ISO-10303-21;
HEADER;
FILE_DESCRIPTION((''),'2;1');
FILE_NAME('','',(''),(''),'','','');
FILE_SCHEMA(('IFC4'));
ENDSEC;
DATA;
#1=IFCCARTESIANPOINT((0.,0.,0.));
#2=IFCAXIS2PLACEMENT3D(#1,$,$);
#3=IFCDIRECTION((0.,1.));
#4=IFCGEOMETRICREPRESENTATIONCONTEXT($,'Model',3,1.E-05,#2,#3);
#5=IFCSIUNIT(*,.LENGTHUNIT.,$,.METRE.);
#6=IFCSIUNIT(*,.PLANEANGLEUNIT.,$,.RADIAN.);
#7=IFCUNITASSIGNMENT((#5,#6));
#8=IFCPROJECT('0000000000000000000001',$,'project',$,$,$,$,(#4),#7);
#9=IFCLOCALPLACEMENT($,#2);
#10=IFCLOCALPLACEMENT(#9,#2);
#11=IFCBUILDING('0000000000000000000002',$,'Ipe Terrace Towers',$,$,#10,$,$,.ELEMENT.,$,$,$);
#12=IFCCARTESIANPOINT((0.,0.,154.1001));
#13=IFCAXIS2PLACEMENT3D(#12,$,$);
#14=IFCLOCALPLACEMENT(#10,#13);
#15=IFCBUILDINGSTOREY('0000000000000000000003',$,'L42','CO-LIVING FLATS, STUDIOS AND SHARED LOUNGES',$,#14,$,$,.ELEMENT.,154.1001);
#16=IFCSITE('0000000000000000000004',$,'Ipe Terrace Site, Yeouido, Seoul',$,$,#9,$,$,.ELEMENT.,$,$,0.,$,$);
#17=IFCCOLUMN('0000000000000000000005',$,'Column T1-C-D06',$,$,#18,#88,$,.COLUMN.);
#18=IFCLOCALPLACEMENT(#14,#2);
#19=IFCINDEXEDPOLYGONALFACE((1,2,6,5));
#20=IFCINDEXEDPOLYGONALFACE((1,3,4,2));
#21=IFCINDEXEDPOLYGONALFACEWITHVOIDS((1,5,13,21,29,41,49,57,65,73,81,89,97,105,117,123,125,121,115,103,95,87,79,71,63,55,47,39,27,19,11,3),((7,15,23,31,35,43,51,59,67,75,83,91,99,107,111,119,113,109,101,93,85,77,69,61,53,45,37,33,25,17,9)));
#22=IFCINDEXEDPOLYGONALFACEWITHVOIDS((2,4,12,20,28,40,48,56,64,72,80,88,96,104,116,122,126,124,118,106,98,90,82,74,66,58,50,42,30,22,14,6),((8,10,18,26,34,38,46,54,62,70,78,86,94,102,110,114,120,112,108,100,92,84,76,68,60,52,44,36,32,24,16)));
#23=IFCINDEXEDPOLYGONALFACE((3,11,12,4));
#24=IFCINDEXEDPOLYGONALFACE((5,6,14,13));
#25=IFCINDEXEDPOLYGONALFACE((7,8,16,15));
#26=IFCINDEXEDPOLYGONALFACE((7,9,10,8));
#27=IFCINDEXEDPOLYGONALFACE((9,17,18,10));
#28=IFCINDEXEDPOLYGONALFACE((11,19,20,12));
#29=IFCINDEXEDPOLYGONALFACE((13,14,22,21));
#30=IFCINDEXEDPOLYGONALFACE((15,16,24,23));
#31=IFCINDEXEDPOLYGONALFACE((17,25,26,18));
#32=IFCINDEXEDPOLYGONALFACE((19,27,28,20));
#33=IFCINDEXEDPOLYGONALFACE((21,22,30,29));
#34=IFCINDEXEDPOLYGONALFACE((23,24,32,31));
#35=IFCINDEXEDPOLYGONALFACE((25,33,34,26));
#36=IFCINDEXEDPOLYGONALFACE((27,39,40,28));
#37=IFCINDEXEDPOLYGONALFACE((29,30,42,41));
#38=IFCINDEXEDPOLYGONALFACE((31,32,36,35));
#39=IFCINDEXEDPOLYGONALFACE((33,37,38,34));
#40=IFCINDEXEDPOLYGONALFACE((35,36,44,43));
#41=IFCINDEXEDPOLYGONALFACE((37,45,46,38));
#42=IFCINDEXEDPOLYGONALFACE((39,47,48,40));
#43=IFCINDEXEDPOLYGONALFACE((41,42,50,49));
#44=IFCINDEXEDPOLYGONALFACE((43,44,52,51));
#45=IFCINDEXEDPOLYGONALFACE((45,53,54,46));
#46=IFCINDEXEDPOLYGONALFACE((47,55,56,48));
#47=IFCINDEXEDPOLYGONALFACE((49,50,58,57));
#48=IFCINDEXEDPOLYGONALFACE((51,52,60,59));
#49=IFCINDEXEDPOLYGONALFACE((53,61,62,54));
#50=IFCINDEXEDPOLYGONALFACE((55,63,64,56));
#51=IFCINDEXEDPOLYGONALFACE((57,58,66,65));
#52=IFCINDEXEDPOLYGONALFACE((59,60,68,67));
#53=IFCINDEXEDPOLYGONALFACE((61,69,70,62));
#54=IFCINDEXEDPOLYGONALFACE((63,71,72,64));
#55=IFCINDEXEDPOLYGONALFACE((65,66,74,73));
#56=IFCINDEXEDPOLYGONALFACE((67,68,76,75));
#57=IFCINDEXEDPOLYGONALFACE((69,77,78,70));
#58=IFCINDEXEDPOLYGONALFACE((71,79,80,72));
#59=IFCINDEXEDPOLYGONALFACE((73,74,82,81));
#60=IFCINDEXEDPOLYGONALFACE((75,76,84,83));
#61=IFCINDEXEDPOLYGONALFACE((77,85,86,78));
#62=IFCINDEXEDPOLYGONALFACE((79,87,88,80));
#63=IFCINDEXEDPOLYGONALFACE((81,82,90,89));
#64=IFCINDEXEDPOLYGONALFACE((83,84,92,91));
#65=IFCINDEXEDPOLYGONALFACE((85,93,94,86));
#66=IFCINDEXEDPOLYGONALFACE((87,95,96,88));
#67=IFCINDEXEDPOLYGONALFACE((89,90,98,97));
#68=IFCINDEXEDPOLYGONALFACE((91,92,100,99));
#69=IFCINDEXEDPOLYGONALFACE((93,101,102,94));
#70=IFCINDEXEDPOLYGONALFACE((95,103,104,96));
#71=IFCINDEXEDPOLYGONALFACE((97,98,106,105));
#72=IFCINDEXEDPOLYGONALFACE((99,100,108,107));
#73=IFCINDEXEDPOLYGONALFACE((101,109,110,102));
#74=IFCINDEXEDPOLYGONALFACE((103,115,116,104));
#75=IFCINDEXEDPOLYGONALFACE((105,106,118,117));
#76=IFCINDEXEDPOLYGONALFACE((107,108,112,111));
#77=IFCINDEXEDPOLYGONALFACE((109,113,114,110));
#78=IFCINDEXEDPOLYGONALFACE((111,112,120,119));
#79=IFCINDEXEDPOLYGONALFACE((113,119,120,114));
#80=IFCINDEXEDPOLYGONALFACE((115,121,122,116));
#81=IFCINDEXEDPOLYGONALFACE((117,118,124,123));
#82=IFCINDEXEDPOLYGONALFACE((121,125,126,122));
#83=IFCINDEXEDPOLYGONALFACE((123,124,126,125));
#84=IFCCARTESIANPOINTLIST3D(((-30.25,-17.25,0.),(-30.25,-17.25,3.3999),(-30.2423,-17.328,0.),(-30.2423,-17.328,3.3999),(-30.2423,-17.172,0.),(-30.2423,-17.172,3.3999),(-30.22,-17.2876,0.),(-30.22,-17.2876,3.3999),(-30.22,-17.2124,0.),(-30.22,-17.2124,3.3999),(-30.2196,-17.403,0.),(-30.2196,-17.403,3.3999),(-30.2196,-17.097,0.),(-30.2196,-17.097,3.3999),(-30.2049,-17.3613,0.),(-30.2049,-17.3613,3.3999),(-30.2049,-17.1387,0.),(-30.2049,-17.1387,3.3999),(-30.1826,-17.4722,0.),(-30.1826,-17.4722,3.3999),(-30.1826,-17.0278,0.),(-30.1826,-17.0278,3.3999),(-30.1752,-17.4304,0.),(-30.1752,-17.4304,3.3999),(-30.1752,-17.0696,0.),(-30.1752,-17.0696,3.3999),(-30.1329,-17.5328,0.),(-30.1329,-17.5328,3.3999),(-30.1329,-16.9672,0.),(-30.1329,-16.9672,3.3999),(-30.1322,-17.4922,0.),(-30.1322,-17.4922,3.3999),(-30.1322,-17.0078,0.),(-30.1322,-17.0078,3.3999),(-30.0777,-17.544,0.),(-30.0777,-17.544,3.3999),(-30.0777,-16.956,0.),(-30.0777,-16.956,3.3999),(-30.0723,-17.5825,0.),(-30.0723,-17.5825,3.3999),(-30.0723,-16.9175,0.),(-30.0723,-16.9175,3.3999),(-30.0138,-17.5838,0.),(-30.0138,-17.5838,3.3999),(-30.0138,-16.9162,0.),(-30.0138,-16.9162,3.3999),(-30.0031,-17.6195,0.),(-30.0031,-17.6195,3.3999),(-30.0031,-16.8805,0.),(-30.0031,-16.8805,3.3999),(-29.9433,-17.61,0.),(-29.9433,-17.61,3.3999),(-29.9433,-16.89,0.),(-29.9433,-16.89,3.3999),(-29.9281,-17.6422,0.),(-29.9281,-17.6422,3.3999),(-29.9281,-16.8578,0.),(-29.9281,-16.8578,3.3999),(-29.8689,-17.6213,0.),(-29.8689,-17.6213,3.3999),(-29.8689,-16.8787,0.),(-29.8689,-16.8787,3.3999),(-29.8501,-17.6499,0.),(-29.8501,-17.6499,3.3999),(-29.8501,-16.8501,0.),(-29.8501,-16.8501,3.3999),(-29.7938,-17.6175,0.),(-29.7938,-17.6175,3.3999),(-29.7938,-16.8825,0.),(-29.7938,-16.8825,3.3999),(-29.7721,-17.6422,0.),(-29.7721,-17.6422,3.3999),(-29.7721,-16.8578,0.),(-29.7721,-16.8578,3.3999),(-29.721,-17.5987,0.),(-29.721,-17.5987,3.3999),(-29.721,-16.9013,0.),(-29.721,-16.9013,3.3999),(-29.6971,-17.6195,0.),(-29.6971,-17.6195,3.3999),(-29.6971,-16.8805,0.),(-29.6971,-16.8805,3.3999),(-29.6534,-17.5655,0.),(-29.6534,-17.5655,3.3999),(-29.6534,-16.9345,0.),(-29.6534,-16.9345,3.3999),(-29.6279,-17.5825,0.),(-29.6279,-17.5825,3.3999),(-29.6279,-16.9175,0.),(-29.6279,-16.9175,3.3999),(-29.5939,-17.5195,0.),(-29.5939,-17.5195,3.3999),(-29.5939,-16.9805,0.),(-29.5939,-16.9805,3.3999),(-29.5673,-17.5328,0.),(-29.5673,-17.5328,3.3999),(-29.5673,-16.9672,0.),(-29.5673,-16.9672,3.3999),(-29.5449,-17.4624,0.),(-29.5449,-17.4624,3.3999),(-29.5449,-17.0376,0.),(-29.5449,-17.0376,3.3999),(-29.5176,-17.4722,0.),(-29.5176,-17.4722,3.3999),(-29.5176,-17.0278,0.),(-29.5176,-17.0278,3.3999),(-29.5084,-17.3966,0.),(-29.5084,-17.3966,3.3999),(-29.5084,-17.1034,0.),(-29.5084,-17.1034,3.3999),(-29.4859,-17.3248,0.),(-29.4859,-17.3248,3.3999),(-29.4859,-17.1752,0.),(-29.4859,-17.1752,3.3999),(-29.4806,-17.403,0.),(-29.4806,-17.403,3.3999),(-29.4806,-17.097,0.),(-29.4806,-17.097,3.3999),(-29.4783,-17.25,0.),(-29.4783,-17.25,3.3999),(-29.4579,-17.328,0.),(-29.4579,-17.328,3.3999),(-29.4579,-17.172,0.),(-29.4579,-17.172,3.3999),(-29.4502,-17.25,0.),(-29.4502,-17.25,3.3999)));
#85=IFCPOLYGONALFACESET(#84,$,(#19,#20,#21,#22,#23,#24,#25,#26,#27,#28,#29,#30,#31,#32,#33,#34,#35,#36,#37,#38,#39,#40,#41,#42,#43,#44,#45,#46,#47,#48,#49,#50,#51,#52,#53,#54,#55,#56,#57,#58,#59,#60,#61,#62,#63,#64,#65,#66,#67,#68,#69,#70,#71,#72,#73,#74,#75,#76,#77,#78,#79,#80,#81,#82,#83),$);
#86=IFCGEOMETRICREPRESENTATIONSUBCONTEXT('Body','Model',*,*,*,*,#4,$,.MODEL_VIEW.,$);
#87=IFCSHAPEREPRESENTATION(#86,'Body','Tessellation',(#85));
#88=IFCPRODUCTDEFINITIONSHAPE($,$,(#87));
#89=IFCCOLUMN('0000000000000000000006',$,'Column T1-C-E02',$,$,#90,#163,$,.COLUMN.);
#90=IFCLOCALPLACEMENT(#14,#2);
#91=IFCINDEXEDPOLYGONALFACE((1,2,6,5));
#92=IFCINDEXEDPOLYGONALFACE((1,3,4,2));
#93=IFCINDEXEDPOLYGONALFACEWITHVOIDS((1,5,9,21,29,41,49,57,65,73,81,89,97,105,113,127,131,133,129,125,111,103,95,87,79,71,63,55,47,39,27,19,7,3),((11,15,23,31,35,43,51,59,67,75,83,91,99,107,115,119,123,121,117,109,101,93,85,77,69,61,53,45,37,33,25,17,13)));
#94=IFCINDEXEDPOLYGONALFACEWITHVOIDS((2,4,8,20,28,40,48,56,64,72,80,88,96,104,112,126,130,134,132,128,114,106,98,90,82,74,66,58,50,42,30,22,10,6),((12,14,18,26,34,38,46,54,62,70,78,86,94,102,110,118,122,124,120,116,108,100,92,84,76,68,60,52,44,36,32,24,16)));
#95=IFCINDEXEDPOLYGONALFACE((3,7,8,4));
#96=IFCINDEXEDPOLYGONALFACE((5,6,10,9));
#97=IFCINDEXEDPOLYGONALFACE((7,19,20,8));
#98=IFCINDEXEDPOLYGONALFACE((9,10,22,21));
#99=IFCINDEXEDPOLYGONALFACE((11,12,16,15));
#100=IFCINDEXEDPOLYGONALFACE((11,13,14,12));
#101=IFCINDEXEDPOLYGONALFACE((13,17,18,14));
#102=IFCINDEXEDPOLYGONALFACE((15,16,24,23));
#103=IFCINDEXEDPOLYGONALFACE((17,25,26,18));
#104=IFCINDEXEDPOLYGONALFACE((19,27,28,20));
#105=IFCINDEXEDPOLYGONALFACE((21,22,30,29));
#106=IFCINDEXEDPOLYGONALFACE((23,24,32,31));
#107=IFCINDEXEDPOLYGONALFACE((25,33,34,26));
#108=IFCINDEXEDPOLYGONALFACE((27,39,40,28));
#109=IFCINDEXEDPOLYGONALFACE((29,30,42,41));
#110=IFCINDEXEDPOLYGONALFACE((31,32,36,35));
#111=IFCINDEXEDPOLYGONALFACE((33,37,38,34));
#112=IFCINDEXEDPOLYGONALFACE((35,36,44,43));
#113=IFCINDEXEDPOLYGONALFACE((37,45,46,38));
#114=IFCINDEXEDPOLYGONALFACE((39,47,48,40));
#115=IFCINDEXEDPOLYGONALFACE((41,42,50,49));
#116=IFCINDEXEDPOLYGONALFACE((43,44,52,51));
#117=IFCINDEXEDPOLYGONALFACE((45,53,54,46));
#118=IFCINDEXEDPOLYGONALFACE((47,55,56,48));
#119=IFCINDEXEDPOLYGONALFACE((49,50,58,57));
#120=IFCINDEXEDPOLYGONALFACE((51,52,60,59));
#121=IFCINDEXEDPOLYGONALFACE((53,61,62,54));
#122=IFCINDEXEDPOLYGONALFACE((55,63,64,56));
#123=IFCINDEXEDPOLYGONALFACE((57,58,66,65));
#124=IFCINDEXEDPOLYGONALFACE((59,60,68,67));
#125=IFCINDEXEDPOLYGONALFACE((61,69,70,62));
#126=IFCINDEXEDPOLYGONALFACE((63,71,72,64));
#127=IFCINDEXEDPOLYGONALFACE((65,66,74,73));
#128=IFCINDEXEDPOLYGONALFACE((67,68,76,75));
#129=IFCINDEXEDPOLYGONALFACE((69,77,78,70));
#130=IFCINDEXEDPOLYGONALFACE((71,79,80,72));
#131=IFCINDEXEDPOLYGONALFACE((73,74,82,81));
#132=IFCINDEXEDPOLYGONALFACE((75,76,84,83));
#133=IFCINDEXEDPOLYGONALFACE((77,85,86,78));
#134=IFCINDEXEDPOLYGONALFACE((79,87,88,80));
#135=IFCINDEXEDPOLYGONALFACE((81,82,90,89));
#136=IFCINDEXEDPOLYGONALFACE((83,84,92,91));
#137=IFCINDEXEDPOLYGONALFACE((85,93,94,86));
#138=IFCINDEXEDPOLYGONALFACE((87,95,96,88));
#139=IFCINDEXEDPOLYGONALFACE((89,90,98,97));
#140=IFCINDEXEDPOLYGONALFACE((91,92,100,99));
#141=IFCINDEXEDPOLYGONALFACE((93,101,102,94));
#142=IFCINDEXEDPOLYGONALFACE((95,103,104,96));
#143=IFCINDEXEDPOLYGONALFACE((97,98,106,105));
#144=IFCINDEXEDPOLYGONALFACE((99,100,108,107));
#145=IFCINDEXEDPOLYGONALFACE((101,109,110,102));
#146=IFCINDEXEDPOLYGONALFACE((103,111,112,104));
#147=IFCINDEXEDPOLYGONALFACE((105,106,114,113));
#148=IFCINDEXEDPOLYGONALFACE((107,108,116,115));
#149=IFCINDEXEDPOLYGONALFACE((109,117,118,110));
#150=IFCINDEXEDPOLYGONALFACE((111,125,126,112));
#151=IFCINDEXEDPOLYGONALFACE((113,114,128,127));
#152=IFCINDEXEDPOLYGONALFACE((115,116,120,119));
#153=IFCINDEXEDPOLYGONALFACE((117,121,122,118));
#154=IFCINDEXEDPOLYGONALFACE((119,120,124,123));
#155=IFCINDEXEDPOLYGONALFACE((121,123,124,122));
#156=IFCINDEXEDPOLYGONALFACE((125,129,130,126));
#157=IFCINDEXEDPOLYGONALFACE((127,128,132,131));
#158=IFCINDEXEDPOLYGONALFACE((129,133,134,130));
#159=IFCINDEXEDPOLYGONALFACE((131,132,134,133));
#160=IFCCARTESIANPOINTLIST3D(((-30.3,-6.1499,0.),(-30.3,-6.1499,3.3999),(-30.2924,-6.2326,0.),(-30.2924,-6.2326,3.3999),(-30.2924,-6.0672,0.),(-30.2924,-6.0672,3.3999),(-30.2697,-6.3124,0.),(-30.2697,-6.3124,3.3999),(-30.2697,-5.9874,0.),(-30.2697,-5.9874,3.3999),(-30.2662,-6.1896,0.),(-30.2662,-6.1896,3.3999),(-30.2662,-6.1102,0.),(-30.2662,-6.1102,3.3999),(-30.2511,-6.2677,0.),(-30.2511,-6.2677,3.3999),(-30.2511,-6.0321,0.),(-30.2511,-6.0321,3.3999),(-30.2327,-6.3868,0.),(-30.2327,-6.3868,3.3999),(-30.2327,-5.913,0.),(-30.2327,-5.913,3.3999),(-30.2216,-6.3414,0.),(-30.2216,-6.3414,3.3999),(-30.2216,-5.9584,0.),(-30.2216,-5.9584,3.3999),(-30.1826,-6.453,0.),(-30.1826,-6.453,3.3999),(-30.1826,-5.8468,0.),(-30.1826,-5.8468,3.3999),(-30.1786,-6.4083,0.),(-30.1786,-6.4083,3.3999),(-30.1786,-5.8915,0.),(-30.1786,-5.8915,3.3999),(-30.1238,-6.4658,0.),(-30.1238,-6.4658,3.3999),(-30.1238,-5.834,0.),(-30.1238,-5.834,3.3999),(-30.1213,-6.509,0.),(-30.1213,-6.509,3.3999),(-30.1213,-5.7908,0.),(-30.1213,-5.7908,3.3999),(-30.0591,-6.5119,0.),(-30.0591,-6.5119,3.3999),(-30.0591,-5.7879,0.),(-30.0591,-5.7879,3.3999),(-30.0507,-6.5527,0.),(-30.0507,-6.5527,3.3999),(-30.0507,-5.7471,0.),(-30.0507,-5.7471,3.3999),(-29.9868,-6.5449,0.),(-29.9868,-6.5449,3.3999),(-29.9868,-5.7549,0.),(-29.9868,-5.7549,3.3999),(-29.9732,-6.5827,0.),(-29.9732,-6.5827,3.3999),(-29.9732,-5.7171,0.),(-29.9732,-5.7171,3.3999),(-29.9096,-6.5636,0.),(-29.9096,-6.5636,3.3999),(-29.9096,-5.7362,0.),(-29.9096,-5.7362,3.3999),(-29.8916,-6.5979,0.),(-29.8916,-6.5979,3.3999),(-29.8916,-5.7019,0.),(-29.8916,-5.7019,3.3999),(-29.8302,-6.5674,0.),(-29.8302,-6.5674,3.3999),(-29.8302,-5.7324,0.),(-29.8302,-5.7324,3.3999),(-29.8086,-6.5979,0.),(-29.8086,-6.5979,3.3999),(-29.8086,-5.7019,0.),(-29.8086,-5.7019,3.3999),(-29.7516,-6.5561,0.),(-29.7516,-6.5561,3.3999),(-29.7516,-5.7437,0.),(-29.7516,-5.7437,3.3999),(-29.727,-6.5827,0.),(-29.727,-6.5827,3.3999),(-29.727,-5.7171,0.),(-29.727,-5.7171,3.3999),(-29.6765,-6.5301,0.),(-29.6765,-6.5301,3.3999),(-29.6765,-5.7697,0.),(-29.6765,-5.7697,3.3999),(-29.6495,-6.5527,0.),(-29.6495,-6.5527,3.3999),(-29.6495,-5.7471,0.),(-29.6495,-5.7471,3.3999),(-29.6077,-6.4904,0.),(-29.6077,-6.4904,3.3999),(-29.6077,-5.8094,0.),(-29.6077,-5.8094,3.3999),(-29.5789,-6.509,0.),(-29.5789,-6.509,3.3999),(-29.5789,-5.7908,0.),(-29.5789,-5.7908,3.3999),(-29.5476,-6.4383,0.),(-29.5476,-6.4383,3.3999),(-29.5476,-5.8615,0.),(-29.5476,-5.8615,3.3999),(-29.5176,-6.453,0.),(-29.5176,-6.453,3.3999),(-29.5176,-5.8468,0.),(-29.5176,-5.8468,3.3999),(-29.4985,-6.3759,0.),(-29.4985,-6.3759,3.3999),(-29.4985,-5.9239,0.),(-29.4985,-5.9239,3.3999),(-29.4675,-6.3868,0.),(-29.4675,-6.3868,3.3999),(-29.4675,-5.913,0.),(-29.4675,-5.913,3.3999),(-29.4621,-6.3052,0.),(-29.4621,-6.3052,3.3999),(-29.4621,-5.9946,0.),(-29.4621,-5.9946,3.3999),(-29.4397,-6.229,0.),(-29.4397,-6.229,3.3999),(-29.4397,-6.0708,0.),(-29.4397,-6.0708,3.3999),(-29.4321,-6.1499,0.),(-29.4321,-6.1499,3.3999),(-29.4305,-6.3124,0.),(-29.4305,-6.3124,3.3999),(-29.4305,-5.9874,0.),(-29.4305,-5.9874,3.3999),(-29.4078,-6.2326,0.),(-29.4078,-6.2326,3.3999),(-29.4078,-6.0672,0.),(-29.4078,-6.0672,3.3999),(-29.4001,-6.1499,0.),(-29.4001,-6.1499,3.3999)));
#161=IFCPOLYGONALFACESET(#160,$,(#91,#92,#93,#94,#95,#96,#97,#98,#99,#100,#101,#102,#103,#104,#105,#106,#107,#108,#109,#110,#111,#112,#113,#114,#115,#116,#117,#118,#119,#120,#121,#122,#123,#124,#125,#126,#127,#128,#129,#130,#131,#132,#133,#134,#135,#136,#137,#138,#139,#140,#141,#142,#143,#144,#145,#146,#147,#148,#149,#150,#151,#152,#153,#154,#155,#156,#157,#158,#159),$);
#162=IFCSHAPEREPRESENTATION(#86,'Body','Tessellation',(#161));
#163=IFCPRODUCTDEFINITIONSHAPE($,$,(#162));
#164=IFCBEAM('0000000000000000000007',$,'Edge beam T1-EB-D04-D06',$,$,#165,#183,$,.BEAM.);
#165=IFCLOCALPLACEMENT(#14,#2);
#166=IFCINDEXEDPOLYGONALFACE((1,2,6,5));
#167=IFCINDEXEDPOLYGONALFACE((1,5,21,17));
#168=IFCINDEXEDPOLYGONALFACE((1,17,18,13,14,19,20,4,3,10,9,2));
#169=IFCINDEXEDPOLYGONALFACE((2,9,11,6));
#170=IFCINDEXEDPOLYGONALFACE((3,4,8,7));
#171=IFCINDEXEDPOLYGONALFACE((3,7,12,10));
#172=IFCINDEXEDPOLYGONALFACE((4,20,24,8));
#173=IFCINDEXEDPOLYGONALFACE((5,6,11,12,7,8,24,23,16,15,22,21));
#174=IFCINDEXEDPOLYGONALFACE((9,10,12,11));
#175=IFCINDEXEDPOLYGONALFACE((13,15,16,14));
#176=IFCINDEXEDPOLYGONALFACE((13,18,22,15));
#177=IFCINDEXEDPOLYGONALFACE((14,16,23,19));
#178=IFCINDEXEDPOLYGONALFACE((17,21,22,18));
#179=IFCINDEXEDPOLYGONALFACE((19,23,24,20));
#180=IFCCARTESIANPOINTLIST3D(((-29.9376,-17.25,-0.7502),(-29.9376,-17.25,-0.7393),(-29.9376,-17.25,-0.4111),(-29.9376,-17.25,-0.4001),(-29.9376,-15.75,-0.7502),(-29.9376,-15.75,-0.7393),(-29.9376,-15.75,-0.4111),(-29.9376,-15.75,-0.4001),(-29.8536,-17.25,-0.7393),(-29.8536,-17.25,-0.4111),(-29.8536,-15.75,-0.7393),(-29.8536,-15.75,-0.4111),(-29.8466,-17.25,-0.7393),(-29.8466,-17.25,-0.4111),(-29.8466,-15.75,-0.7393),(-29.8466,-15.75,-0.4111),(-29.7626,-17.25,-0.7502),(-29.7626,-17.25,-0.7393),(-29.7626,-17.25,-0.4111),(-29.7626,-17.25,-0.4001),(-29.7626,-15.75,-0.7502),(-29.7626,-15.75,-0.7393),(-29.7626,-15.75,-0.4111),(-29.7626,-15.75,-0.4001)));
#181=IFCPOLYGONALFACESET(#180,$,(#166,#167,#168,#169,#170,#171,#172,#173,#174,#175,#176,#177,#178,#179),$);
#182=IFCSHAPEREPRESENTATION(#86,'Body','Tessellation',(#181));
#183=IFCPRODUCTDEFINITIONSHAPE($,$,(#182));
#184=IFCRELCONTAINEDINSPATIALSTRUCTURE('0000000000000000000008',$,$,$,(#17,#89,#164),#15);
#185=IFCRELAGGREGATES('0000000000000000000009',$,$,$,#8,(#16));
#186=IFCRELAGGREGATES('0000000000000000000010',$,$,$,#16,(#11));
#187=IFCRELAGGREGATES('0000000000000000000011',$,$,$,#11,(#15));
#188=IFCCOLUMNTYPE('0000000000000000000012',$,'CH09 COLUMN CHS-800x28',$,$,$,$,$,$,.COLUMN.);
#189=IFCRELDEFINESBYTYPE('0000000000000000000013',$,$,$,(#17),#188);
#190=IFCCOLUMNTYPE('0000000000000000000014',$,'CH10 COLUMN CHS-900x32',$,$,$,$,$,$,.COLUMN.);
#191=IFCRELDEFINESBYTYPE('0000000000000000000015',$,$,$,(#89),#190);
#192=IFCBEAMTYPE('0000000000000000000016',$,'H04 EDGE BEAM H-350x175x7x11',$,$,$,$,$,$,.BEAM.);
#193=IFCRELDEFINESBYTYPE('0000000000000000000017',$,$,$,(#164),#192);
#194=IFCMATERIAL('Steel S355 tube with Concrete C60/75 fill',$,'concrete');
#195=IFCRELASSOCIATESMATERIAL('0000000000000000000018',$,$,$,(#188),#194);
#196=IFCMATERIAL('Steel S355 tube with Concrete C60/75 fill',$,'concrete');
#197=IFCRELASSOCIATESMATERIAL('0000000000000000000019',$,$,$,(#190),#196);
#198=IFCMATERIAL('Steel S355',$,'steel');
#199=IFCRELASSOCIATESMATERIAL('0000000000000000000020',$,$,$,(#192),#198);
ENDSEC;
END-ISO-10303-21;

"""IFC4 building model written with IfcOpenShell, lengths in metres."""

from ifc_helpers import new_model, si_unit, direction, frame, origin, origin_2d, place, context, subcontext, project, spatial, hollow_circle, i_section, extrude, material, material_profile, profile_set, type_object, element, save


model = new_model("IFC4")

# Units and contexts
model_context = context("Model", 3, precision=1e-05, world=origin(), true_north=direction((0.0, 1.0)))
body_context = subcontext(model_context, "Body", "Model", "MODEL_VIEW")
ifc_project = project(units=[si_unit("LENGTHUNIT", "METRE"), si_unit("PLANEANGLEUNIT", "RADIAN")], contexts=[model_context])

# Site, building, storey
site_placement = place(None, origin())
site = spatial("IfcSite", under=ifc_project, at=site_placement, Name="Ipe Terrace Site, Yeouido, Seoul", CompositionType="ELEMENT", RefElevation=0.0)
building_placement = place(site_placement, origin())
building = spatial("IfcBuilding", under=site, at=building_placement, Name="Ipe Terrace Towers", CompositionType="ELEMENT")
storey_placement = place(building_placement, frame((0.0, 0.0, 154.1001)))
storey = spatial("IfcBuildingStorey", under=building, at=storey_placement, Name="L42", Description="CO-LIVING FLATS, STUDIOS AND SHARED LOUNGES", CompositionType="ELEMENT", Elevation=154.1001)

# Columns
ifc_material_1 = material(Name="Steel S355 tube with Concrete C60/75 fill", Category="concrete")
ifc_material_profile_1 = material_profile(ifc_material_1, hollow_circle(Radius=0.3999, WallThickness=0.0281, at=origin_2d()), Name="CHS-800x28")
ifc_profile_set_1 = profile_set([ifc_material_profile_1], Name="Steel S355 tube with Concrete C60/75 fill")
column_type_1 = type_object("IfcColumnType", Name="CH09 COLUMN CHS-800x28", PredefinedType="COLUMN", material=ifc_profile_set_1)
for number, where, z_axis, x_axis, name in (
    (1, (-29.8501, -17.25, 0.0), (0.0, 0.0, 1.0), (1.0, 0.0, 0.0), "Column T1-C-D06"),
):
    element("IfcColumn", number, at=place(storey_placement, frame(where, z_axis=z_axis, x_axis=x_axis)), inside=storey, type_object=column_type_1, Name=name, PredefinedType="COLUMN", context=body_context, shape_type="SweptSolid", body=[
        extrude(hollow_circle(Radius=0.3999, WallThickness=0.0281, at=origin_2d()), origin(), (0.0, 0.0, 1.0), 3.3999),
    ])
ifc_material_2 = material(Name="Steel S355 tube with Concrete C60/75 fill", Category="concrete")
ifc_material_profile_2 = material_profile(ifc_material_2, hollow_circle(Radius=0.45, WallThickness=0.032, at=origin_2d()), Name="CHS-900x32")
ifc_profile_set_2 = profile_set([ifc_material_profile_2], Name="Steel S355 tube with Concrete C60/75 fill")
column_type_2 = type_object("IfcColumnType", Name="CH10 COLUMN CHS-900x32", PredefinedType="COLUMN", material=ifc_profile_set_2)
column_placement = place(storey_placement, frame((-29.8501, -6.1499, 0.0), z_axis=(0.0, 0.0, 1.0), x_axis=(1.0, 0.0, 0.0)))
element("IfcColumn", 2, at=column_placement, inside=storey, type_object=column_type_2, Name="Column T1-C-E02", PredefinedType="COLUMN", context=body_context, shape_type="SweptSolid", body=[
    extrude(hollow_circle(Radius=0.45, WallThickness=0.032, at=origin_2d()), origin(), (0.0, 0.0, 1.0), 3.3999),
])

# Beam
ifc_material_3 = material(Name="Steel S355", Category="steel")
ifc_material_profile_3 = material_profile(ifc_material_3, i_section(OverallWidth=0.175, OverallDepth=0.3501, WebThickness=0.0071, FlangeThickness=0.011, at=origin_2d()), Name="H-350x175x7x11")
ifc_profile_set_3 = profile_set([ifc_material_profile_3], Name="Steel S355")
beam_type_1 = type_object("IfcBeamType", Name="H04 EDGE BEAM H-350x175x7x11", PredefinedType="BEAM", material=ifc_profile_set_3)
beam_1_placement = place(storey_placement, frame((-29.8501, -15.75, -0.5752), z_axis=(0.0, -1.0, 0.0), x_axis=(1.0, 0.0, 0.0)))
element("IfcBeam", 3, at=beam_1_placement, inside=storey, type_object=beam_type_1, Name="Edge beam T1-EB-D04-D06", PredefinedType="BEAM", context=body_context, shape_type="SweptSolid", body=[
    extrude(i_section(OverallWidth=0.175, OverallDepth=0.3501, WebThickness=0.0071, FlangeThickness=0.011, at=origin_2d()), origin(), (0.0, 0.0, 1.0), 1.5),
])

save(model, "model.ifc")
